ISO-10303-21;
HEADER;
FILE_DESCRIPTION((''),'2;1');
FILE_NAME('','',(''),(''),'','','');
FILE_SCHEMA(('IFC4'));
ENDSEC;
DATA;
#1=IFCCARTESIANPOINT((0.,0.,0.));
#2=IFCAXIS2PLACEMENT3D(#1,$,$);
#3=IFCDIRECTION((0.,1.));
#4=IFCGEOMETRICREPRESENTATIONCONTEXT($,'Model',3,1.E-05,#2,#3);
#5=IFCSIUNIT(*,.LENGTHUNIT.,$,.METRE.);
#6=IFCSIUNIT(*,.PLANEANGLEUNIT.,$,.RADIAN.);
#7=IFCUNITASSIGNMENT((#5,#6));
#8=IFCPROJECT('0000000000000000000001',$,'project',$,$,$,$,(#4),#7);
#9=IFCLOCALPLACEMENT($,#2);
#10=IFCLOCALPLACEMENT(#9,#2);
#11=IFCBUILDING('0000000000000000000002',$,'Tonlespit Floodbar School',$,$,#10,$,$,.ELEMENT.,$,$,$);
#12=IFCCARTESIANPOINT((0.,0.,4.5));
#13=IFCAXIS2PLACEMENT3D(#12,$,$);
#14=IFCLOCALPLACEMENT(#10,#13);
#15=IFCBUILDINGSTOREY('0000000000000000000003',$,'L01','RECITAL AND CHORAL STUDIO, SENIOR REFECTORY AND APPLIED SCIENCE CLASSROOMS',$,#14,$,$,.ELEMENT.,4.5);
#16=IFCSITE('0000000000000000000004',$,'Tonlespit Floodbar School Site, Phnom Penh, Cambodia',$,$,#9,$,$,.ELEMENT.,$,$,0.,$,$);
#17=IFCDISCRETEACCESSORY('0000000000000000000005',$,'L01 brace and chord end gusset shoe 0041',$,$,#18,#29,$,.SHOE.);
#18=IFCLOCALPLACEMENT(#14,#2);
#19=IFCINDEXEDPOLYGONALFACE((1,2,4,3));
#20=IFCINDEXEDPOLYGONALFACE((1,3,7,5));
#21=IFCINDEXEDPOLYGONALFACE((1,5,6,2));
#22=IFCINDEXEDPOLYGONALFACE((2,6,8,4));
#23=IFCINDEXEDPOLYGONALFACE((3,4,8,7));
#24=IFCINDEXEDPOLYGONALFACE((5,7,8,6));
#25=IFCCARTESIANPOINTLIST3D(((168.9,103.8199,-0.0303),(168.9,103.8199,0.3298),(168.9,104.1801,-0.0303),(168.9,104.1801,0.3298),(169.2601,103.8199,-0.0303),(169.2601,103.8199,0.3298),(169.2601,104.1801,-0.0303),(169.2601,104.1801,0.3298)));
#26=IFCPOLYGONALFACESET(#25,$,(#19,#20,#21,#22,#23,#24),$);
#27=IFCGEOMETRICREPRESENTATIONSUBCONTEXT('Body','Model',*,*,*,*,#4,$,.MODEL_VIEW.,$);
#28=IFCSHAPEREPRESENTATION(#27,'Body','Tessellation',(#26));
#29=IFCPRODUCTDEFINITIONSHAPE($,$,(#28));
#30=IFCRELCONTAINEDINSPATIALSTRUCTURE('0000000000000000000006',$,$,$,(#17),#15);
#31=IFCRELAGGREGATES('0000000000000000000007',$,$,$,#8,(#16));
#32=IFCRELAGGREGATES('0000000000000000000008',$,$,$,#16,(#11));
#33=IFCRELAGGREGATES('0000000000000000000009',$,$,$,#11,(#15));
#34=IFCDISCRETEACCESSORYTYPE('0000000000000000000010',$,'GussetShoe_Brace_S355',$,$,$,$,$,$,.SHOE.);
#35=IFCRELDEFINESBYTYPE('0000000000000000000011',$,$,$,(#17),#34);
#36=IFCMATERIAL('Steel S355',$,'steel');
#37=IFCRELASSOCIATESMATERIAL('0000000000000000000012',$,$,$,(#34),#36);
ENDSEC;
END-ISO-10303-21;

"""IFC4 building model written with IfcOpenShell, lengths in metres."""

from ifc_helpers import new_model, si_unit, direction, frame, origin, origin_2d, place, context, subcontext, project, spatial, rectangle, extrude, material, type_object, element, save


model = new_model("IFC4")

# Units and contexts
model_context = context("Model", 3, precision=1e-05, world=origin(), true_north=direction((0.0, 1.0)))
body_context = subcontext(model_context, "Body", "Model", "MODEL_VIEW")
ifc_project = project(units=[si_unit("LENGTHUNIT", "METRE"), si_unit("PLANEANGLEUNIT", "RADIAN")], contexts=[model_context])

# Site, building, storey
site_placement = place(None, origin())
site = spatial("IfcSite", under=ifc_project, at=site_placement, Name="Tonlespit Floodbar School Site, Phnom Penh, Cambodia", CompositionType="ELEMENT", RefElevation=0.0)
building_placement = place(site_placement, origin())
building = spatial("IfcBuilding", under=site, at=building_placement, Name="Tonlespit Floodbar School", CompositionType="ELEMENT")
storey_placement = place(building_placement, frame((0.0, 0.0, 4.5)))
storey = spatial("IfcBuildingStorey", under=building, at=storey_placement, Name="L01", Description="RECITAL AND CHORAL STUDIO, SENIOR REFECTORY AND APPLIED SCIENCE CLASSROOMS", CompositionType="ELEMENT", Elevation=4.5)

# Shared definitions
ifc_material_1 = material(Name="Steel S355", Category="steel")

# Discrete accessory
discrete_accessory_type = type_object("IfcDiscreteAccessoryType", Name="GussetShoe_Brace_S355", PredefinedType="SHOE", material=ifc_material_1)
discrete_accessory_placement = place(storey_placement, frame((169.0801, 104.0, -0.0303), z_axis=(0.0, 0.0, 1.0), x_axis=(1.0, 0.0, 0.0)))
element("IfcDiscreteAccessory", 1, at=discrete_accessory_placement, inside=storey, type_object=discrete_accessory_type, Name="L01 brace and chord end gusset shoe 0041", PredefinedType="SHOE", context=body_context, shape_type="SweptSolid", body=[
    extrude(rectangle(XDim=0.3601, YDim=0.3601, at=origin_2d()), origin(), (0.0, 0.0, 1.0), 0.3601),
])

save(model, "model.ifc")
